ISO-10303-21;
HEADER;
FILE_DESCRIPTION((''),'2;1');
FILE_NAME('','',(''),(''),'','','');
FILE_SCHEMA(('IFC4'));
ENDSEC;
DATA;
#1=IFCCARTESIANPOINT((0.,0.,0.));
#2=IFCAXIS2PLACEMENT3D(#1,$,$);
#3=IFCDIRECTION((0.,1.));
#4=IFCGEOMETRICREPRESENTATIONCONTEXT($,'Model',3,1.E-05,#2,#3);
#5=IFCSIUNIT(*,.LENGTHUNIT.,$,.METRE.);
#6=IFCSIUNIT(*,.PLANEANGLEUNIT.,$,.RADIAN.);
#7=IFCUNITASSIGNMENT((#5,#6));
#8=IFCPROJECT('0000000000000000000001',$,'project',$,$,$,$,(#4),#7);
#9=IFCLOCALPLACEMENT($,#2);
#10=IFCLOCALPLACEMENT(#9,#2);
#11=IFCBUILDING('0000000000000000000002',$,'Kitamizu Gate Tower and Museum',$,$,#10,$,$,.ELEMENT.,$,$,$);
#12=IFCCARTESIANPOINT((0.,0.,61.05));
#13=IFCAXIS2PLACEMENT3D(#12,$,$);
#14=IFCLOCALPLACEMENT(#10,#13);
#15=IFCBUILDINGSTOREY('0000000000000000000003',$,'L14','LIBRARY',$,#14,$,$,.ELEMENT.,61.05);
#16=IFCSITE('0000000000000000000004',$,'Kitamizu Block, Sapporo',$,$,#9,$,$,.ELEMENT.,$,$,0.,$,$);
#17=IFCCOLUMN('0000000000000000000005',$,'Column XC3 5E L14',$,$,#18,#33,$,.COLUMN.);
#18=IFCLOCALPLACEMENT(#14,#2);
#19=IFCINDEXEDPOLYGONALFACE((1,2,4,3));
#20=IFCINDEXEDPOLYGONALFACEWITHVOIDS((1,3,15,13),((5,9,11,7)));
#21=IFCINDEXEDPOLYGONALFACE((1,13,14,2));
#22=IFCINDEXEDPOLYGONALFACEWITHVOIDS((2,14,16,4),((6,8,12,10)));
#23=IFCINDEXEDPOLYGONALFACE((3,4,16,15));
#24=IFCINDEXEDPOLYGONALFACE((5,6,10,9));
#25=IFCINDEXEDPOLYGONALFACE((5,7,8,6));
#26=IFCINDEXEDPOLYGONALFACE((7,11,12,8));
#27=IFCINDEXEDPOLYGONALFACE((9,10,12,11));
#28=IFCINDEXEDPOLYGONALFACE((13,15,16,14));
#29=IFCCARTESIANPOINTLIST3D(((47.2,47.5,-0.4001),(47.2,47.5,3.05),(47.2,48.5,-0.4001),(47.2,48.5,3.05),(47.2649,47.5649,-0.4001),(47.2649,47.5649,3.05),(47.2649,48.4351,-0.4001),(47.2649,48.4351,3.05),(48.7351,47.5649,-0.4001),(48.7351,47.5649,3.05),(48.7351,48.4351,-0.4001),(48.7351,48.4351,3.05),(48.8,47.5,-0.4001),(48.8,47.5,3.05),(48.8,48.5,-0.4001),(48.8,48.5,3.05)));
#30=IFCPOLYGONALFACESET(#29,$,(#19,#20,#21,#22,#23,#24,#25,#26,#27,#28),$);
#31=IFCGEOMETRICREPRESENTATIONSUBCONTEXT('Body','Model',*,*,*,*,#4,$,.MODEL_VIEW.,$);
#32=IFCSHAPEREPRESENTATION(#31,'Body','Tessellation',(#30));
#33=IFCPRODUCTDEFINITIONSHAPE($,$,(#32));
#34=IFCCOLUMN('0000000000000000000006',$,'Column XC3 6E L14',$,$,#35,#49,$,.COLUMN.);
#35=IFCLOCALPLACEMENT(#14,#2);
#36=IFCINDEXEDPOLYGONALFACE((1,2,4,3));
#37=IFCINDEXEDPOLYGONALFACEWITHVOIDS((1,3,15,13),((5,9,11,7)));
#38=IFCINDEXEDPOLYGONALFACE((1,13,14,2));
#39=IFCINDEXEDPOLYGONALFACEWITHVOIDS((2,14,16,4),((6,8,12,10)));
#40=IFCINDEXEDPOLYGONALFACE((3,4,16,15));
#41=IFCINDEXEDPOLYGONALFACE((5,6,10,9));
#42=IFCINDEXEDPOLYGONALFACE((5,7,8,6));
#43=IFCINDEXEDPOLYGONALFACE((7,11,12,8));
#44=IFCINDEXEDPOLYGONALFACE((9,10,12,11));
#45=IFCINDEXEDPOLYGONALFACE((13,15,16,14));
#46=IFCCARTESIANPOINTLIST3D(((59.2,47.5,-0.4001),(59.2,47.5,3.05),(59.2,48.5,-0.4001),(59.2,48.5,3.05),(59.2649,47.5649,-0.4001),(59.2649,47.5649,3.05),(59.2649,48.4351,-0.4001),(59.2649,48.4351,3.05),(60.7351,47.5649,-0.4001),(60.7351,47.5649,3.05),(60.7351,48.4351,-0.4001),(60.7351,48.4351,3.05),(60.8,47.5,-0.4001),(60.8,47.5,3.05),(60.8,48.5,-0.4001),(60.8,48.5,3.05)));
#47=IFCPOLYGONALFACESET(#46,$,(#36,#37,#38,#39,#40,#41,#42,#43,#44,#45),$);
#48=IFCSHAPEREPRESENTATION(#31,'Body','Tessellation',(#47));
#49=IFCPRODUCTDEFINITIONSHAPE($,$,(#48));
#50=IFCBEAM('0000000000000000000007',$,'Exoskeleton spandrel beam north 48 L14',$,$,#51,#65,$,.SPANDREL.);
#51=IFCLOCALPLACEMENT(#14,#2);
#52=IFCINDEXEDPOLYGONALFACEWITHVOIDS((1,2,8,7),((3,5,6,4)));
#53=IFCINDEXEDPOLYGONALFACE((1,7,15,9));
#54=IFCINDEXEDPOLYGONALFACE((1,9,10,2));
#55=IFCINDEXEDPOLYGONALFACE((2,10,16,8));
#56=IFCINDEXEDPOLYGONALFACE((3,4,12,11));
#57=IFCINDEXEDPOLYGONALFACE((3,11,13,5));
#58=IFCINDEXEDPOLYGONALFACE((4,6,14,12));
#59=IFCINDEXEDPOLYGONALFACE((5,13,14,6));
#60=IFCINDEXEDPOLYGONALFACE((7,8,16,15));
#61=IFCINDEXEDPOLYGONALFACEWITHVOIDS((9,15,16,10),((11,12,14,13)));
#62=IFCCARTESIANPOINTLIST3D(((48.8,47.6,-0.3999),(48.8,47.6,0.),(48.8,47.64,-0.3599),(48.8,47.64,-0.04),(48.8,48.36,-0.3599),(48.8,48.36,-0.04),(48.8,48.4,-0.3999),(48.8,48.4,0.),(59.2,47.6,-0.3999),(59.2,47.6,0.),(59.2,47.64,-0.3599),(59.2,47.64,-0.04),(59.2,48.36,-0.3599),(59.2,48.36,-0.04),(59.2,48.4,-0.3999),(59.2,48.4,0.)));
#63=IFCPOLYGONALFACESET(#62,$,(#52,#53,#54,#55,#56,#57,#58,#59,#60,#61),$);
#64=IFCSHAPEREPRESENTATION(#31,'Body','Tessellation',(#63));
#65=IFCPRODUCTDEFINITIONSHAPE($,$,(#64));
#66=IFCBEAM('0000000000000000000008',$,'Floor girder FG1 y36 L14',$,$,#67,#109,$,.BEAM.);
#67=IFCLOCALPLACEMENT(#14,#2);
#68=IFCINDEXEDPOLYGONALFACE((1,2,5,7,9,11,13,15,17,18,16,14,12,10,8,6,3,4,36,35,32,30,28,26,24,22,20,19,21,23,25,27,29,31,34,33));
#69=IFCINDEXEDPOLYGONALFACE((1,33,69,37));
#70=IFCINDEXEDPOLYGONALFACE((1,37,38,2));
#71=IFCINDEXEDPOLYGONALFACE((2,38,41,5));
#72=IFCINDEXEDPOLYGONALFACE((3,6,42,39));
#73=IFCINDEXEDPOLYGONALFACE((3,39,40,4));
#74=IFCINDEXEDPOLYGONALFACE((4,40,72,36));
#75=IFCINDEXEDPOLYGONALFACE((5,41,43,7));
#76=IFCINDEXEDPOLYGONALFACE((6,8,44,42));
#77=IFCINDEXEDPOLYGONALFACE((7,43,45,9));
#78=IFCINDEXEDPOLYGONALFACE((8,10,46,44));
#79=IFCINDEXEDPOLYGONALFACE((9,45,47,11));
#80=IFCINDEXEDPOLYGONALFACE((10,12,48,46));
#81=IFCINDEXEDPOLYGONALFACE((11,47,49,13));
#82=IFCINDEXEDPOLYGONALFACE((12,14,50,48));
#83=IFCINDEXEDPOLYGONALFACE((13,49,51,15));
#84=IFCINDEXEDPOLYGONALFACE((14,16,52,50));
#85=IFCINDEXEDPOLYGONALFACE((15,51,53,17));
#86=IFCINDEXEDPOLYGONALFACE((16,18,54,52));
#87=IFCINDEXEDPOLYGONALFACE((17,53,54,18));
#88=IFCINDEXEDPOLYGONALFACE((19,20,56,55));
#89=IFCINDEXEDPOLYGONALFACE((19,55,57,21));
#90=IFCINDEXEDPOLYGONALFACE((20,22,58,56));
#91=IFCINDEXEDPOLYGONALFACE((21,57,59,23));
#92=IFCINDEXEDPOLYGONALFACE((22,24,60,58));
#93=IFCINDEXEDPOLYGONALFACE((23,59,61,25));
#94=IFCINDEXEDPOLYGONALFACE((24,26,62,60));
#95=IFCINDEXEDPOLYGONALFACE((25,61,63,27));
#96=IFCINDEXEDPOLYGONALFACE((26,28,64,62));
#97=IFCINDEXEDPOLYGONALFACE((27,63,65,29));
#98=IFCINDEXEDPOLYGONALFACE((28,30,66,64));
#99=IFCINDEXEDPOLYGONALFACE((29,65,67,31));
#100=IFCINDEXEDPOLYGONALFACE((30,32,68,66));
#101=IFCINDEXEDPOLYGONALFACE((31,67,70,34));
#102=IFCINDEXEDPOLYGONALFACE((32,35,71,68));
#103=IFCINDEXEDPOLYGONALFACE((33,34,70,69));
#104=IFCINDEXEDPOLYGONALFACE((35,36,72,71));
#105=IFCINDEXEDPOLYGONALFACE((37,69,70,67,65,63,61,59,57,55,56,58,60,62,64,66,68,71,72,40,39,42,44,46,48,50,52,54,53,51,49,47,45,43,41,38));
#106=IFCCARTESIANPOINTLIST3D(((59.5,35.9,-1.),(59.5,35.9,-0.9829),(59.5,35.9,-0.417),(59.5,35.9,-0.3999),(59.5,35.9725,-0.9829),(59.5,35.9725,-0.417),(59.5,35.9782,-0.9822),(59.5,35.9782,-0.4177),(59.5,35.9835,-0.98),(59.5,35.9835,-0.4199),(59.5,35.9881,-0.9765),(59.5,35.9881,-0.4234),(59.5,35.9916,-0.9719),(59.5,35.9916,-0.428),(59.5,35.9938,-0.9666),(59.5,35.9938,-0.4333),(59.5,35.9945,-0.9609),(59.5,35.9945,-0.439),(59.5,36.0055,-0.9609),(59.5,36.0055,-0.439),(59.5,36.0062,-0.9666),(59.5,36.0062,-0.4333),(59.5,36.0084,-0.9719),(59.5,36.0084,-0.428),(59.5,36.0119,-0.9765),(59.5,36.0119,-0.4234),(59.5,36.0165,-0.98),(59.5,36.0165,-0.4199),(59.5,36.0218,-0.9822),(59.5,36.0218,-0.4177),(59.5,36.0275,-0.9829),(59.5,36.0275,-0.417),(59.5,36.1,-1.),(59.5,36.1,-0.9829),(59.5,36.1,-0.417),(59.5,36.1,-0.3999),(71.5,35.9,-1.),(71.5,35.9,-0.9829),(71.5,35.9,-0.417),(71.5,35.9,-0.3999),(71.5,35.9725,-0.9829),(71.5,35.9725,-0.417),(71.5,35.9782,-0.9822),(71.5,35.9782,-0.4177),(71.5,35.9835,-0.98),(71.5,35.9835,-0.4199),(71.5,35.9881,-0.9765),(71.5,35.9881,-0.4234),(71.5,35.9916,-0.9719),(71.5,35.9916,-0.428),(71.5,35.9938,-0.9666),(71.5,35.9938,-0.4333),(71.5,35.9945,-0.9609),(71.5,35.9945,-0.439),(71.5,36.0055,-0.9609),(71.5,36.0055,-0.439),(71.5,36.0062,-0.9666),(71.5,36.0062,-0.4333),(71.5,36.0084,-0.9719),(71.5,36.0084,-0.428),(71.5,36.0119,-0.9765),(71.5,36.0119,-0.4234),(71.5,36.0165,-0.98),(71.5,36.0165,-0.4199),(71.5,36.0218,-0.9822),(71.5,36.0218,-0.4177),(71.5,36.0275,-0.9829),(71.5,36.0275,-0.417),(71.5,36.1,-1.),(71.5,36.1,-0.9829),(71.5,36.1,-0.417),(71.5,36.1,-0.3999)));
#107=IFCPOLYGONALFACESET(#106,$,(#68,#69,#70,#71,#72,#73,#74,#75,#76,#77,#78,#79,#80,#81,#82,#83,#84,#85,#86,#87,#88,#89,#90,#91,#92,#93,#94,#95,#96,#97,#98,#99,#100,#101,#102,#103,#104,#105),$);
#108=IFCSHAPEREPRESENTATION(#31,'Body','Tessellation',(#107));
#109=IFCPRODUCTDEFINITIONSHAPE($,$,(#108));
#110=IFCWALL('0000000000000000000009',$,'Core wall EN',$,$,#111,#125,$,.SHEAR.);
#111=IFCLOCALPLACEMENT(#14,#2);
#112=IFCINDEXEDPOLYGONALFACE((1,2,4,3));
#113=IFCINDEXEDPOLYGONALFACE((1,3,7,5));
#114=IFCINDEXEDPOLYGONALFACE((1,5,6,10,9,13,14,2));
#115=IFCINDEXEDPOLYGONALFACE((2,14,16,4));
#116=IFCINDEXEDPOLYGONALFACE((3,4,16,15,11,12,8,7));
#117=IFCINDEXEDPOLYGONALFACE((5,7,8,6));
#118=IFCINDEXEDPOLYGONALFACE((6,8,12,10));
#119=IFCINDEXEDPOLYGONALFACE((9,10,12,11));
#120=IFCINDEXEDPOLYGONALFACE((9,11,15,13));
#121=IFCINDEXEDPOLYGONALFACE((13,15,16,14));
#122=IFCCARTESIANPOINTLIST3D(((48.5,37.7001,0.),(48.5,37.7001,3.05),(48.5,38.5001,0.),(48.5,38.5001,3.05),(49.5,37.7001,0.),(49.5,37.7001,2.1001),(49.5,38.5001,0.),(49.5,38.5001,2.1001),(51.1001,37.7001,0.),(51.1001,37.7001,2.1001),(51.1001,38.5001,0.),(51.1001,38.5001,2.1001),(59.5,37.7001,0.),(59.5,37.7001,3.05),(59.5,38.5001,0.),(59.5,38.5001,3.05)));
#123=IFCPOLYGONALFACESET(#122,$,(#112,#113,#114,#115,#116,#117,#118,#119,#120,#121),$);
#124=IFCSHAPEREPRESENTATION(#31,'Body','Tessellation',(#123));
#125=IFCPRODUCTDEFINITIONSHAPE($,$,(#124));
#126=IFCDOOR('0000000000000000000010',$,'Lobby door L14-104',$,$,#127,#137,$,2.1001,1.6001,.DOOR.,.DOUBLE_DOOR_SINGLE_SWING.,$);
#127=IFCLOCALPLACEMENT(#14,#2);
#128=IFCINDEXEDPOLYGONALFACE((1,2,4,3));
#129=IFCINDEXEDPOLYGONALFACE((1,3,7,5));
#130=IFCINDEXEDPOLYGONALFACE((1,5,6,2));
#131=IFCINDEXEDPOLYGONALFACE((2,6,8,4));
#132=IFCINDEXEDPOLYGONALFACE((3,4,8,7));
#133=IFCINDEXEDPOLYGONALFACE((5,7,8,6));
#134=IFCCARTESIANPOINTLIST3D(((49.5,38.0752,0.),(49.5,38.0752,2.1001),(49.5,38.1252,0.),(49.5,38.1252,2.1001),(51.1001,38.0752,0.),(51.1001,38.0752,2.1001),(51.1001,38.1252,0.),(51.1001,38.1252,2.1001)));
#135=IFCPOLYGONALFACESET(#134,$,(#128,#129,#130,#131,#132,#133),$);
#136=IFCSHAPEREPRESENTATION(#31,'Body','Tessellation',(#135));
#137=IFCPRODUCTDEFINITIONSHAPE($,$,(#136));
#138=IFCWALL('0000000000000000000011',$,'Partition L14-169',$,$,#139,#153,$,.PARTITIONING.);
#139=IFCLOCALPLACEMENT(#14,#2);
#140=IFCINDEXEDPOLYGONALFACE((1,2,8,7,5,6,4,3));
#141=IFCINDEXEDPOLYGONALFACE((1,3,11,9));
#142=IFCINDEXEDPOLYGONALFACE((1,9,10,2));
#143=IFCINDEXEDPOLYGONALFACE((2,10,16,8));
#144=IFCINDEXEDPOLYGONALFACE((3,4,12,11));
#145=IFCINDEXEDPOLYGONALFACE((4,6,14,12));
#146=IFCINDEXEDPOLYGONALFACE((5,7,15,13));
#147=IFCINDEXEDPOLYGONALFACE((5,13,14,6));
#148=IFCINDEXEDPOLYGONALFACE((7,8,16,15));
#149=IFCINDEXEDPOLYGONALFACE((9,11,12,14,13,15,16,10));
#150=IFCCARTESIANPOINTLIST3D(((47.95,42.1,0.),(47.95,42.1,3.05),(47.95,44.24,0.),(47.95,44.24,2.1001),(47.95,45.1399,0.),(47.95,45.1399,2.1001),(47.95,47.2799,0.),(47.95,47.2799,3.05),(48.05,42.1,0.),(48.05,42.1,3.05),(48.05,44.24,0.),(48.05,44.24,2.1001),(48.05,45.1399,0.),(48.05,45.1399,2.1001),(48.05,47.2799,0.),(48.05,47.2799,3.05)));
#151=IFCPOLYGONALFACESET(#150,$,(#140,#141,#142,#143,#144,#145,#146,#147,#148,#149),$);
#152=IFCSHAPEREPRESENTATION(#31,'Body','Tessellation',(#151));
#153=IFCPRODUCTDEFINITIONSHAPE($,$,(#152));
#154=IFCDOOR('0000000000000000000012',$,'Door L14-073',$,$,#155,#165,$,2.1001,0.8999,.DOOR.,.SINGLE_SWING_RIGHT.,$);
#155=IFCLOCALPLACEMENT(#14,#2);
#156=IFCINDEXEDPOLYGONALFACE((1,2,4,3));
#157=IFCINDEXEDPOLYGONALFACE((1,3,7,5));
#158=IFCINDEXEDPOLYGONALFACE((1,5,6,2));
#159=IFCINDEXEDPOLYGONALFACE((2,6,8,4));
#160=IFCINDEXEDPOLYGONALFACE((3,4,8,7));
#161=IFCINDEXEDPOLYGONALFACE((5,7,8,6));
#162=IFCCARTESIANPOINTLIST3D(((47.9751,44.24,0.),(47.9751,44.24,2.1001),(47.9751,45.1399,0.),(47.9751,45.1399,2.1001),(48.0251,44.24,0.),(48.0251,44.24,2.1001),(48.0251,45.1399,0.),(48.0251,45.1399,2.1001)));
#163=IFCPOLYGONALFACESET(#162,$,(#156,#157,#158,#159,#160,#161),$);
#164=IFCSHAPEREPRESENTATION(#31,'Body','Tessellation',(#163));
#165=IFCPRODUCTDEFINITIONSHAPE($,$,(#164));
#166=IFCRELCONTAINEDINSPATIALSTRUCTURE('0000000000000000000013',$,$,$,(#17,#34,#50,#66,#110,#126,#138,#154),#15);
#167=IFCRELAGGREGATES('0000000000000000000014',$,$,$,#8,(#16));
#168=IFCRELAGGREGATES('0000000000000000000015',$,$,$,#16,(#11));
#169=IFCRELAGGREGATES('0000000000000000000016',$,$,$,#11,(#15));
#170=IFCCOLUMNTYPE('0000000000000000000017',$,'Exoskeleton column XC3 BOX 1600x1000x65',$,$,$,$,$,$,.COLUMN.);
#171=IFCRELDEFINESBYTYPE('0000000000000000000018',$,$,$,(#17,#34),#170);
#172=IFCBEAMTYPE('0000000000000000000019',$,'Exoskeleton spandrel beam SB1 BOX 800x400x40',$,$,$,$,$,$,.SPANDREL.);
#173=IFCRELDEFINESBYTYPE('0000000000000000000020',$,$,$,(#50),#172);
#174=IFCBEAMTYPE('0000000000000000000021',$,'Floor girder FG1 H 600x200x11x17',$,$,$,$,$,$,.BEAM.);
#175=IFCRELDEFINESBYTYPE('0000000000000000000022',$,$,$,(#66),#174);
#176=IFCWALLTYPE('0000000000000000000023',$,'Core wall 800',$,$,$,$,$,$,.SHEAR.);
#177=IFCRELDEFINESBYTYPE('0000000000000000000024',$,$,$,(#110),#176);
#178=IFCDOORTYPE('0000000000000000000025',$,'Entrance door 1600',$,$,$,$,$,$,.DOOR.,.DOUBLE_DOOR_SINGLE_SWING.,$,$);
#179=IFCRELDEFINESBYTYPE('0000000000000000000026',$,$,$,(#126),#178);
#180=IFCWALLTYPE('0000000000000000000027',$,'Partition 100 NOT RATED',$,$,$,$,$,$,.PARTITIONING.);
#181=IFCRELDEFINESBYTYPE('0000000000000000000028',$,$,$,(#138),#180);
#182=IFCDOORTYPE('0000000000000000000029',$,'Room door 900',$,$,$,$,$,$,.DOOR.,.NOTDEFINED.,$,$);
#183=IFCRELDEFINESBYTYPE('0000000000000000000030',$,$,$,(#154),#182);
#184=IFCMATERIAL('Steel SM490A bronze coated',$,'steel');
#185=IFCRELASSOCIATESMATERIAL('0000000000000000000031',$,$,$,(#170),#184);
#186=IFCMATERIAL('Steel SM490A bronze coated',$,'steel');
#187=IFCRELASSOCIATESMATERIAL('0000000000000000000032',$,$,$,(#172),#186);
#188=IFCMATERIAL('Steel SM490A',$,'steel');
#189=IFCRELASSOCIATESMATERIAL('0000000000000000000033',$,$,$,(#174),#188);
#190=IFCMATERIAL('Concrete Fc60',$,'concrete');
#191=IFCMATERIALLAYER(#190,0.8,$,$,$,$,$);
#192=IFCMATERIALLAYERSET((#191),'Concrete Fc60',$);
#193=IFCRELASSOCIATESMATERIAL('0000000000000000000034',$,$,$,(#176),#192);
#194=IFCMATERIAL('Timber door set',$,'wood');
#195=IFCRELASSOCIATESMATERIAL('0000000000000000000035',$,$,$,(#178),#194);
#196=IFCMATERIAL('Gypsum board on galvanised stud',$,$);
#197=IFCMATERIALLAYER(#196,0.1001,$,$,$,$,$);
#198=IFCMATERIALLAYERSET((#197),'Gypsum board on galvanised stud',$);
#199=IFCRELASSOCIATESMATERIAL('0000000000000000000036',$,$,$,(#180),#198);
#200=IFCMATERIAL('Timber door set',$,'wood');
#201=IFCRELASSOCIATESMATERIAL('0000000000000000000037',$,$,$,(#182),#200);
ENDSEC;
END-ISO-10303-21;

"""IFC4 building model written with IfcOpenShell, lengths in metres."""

from ifc_helpers import new_model, si_unit, direction, frame, frame_2d, origin, origin_2d, place, context, subcontext, project, spatial, rectangle, hollow_rectangle, i_section, extrude, material, layer, layer_set, material_profile, profile_set, type_object, element, fill, save


model = new_model("IFC4")

# Units and contexts
model_context = context("Model", 3, precision=1e-05, world=origin(), true_north=direction((0.0, 1.0)))
body_context = subcontext(model_context, "Body", "Model", "MODEL_VIEW")
ifc_project = project(units=[si_unit("LENGTHUNIT", "METRE"), si_unit("PLANEANGLEUNIT", "RADIAN")], contexts=[model_context])

# Site, building, storey
site_placement = place(None, origin())
site = spatial("IfcSite", under=ifc_project, at=site_placement, Name="Kitamizu Block, Sapporo", CompositionType="ELEMENT", RefElevation=0.0)
building_placement = place(site_placement, origin())
building = spatial("IfcBuilding", under=site, at=building_placement, Name="Kitamizu Gate Tower and Museum", CompositionType="ELEMENT")
storey_placement = place(building_placement, frame((0.0, 0.0, 61.05)))
storey = spatial("IfcBuildingStorey", under=building, at=storey_placement, Name="L14", Description="LIBRARY", CompositionType="ELEMENT", Elevation=61.05)

# Columns
ifc_material_1 = material(Name="Steel SM490A bronze coated", Category="steel")
ifc_material_profile_1 = material_profile(ifc_material_1, hollow_rectangle(XDim=1.6001, YDim=1.0, WallThickness=0.0649, at=origin_2d()), Name="BOX 1600x1000x65")
ifc_profile_set_1 = profile_set([ifc_material_profile_1], Name="Steel SM490A bronze coated")
column_type = type_object("IfcColumnType", Name="Exoskeleton column XC3 BOX 1600x1000x65", PredefinedType="COLUMN", material=ifc_profile_set_1)
for number, where, z_axis, x_axis, name in (
    (1, (48.0, 48.0, -0.4001), (0.0, 0.0, 1.0), (1.0, 0.0, 0.0), "Column XC3 5E L14"),
    (2, (60.0, 48.0, -0.4001), (0.0, 0.0, 1.0), (1.0, 0.0, 0.0), "Column XC3 6E L14"),
):
    element("IfcColumn", number, at=place(storey_placement, frame(where, z_axis=z_axis, x_axis=x_axis)), inside=storey, type_object=column_type, Name=name, PredefinedType="COLUMN", context=body_context, shape_type="SweptSolid", body=[
        extrude(hollow_rectangle(XDim=1.6001, YDim=1.0, WallThickness=0.0649, at=origin_2d()), origin(), (0.0, 0.0, 1.0), 3.4502),
    ])

# Beams
ifc_material_2 = material(Name="Steel SM490A bronze coated", Category="steel")
ifc_material_profile_2 = material_profile(ifc_material_2, hollow_rectangle(XDim=0.8, YDim=0.3999, WallThickness=0.04, at=origin_2d()), Name="BOX 800x400x40")
ifc_profile_set_2 = profile_set([ifc_material_profile_2], Name="Steel SM490A bronze coated")
beam_type_1 = type_object("IfcBeamType", Name="Exoskeleton spandrel beam SB1 BOX 800x400x40", PredefinedType="SPANDREL", material=ifc_profile_set_2)
beam_1_placement = place(storey_placement, frame((48.8, 48.0, -0.2), z_axis=(1.0, 0.0, 0.0), x_axis=(0.0, 1.0, 0.0)))
element("IfcBeam", 3, at=beam_1_placement, inside=storey, type_object=beam_type_1, Name="Exoskeleton spandrel beam north 48 L14", PredefinedType="SPANDREL", context=body_context, shape_type="SweptSolid", body=[
    extrude(hollow_rectangle(XDim=0.8, YDim=0.3999, WallThickness=0.04, at=origin_2d()), origin(), (0.0, 0.0, 1.0), 10.3999),
])
ifc_material_3 = material(Name="Steel SM490A", Category="steel")
ifc_material_profile_3 = material_profile(ifc_material_3, i_section(OverallWidth=0.2, OverallDepth=0.6001, WebThickness=0.011, FlangeThickness=0.0171, FilletRadius=0.022, at=origin_2d()), Name="H-600x200x11x17")
ifc_profile_set_3 = profile_set([ifc_material_profile_3], Name="Steel SM490A")
beam_type_2 = type_object("IfcBeamType", Name="Floor girder FG1 H 600x200x11x17", PredefinedType="BEAM", material=ifc_profile_set_3)
beam_2_placement = place(storey_placement, frame((59.5, 36.0, -0.7), z_axis=(1.0, 0.0, 0.0), x_axis=(0.0, 1.0, 0.0)))
element("IfcBeam", 4, at=beam_2_placement, inside=storey, type_object=beam_type_2, Name="Floor girder FG1 y36 L14", PredefinedType="BEAM", context=body_context, shape_type="SweptSolid", body=[
    extrude(i_section(OverallWidth=0.2, OverallDepth=0.6001, WebThickness=0.011, FlangeThickness=0.0171, FilletRadius=0.022, at=origin_2d()), origin(), (0.0, 0.0, 1.0), 12.0),
])

# Walls, openings, doors
ifc_material_4 = material(Name="Concrete Fc60", Category="concrete")
ifc_layer_1 = layer(ifc_material_4, 0.8)
ifc_layer_set_1 = layer_set([ifc_layer_1], Name="Concrete Fc60")
wall_type_1 = type_object("IfcWallType", Name="Core wall 800", PredefinedType="SHEAR", material=ifc_layer_set_1)
wall_1_placement = place(storey_placement, frame((59.5, 38.1001, 0.0), z_axis=(0.0, 0.0, 1.0), x_axis=(-1.0, 0.0, 0.0)))
wall_1 = element("IfcWall", 5, at=wall_1_placement, inside=storey, type_object=wall_type_1, Name="Core wall EN", PredefinedType="SHEAR", context=body_context, shape_type="SweptSolid", body=[
    extrude(rectangle(XDim=11.0, YDim=0.8, at=frame_2d((5.5, 0.0))), origin(), (0.0, 0.0, 1.0), 3.05),
])
opening_1_placement = place(wall_1_placement, frame((8.3999, 0.0, 0.0)))
opening_1 = element("IfcOpeningElement", 6, at=opening_1_placement, cuts=wall_1, PredefinedType="OPENING", context=body_context, shape_type="SweptSolid", body=[
    extrude(rectangle(XDim=1.6001, YDim=2.1001, at=frame_2d((0.8, 1.05))), frame((0.0, 0.4102, 0.0), z_axis=(0.0, -1.0, 0.0), x_axis=(1.0, 0.0, 0.0)), (0.0, 0.0, 1.0), 0.8201),
])
ifc_material_5 = material(Name="Timber door set", Category="wood")
door_type_1 = type_object("IfcDoorType", Name="Entrance door 1600", OperationType="DOUBLE_DOOR_SINGLE_SWING", PredefinedType="DOOR", material=ifc_material_5)
door_1_placement = place(opening_1_placement, origin())
door_1 = element("IfcDoor", 7, at=door_1_placement, inside=storey, type_object=door_type_1, Name="Lobby door L14-104", OperationType="DOUBLE_DOOR_SINGLE_SWING", OverallHeight=2.1001, OverallWidth=1.6001, PredefinedType="DOOR", context=body_context, shape_type="SweptSolid", body=[
    extrude(rectangle(XDim=1.6001, YDim=2.1001, at=frame_2d((0.8, 1.05))), frame((0.0, 0.0249, 0.0), z_axis=(0.0, -1.0, 0.0), x_axis=(1.0, 0.0, 0.0)), (0.0, 0.0, 1.0), 0.05),
])
fill(opening_1, door_1)
ifc_material_6 = material(Name="Gypsum board on galvanised stud")
ifc_layer_2 = layer(ifc_material_6, 0.1001)
ifc_layer_set_2 = layer_set([ifc_layer_2], Name="Gypsum board on galvanised stud")
wall_type_2 = type_object("IfcWallType", Name="Partition 100 NOT RATED", PredefinedType="PARTITIONING", material=ifc_layer_set_2)
wall_2_placement = place(storey_placement, frame((48.0, 42.1001, 0.0), z_axis=(0.0, 0.0, 1.0), x_axis=(0.0, 1.0, 0.0)))
wall_2 = element("IfcWall", 8, at=wall_2_placement, inside=storey, type_object=wall_type_2, Name="Partition L14-169", PredefinedType="PARTITIONING", context=body_context, shape_type="SweptSolid", body=[
    extrude(rectangle(XDim=5.1799, YDim=0.1001, at=frame_2d((2.5898, 0.0))), origin(), (0.0, 0.0, 1.0), 3.05),
])
opening_2_placement = place(wall_2_placement, frame((2.1399, 0.0, 0.0)))
opening_2 = element("IfcOpeningElement", 9, at=opening_2_placement, cuts=wall_2, PredefinedType="OPENING", context=body_context, shape_type="SweptSolid", body=[
    extrude(rectangle(XDim=0.8999, YDim=2.1001, at=frame_2d((0.45, 1.05))), frame((0.0, 0.0601, 0.0), z_axis=(0.0, -1.0, 0.0), x_axis=(1.0, 0.0, 0.0)), (0.0, 0.0, 1.0), 0.1201),
])
ifc_material_7 = material(Name="Timber door set", Category="wood")
door_type_2 = type_object("IfcDoorType", Name="Room door 900", OperationType="NOTDEFINED", PredefinedType="DOOR", material=ifc_material_7)
door_2_placement = place(opening_2_placement, origin())
door_2 = element("IfcDoor", 10, at=door_2_placement, inside=storey, type_object=door_type_2, Name="Door L14-073", OperationType="SINGLE_SWING_RIGHT", OverallHeight=2.1001, OverallWidth=0.8999, PredefinedType="DOOR", context=body_context, shape_type="SweptSolid", body=[
    extrude(rectangle(XDim=0.8999, YDim=2.1001, at=frame_2d((0.45, 1.05))), frame((0.0, 0.0249, 0.0), z_axis=(0.0, -1.0, 0.0), x_axis=(1.0, 0.0, 0.0)), (0.0, 0.0, 1.0), 0.05),
])
fill(opening_2, door_2)

save(model, "model.ifc")
